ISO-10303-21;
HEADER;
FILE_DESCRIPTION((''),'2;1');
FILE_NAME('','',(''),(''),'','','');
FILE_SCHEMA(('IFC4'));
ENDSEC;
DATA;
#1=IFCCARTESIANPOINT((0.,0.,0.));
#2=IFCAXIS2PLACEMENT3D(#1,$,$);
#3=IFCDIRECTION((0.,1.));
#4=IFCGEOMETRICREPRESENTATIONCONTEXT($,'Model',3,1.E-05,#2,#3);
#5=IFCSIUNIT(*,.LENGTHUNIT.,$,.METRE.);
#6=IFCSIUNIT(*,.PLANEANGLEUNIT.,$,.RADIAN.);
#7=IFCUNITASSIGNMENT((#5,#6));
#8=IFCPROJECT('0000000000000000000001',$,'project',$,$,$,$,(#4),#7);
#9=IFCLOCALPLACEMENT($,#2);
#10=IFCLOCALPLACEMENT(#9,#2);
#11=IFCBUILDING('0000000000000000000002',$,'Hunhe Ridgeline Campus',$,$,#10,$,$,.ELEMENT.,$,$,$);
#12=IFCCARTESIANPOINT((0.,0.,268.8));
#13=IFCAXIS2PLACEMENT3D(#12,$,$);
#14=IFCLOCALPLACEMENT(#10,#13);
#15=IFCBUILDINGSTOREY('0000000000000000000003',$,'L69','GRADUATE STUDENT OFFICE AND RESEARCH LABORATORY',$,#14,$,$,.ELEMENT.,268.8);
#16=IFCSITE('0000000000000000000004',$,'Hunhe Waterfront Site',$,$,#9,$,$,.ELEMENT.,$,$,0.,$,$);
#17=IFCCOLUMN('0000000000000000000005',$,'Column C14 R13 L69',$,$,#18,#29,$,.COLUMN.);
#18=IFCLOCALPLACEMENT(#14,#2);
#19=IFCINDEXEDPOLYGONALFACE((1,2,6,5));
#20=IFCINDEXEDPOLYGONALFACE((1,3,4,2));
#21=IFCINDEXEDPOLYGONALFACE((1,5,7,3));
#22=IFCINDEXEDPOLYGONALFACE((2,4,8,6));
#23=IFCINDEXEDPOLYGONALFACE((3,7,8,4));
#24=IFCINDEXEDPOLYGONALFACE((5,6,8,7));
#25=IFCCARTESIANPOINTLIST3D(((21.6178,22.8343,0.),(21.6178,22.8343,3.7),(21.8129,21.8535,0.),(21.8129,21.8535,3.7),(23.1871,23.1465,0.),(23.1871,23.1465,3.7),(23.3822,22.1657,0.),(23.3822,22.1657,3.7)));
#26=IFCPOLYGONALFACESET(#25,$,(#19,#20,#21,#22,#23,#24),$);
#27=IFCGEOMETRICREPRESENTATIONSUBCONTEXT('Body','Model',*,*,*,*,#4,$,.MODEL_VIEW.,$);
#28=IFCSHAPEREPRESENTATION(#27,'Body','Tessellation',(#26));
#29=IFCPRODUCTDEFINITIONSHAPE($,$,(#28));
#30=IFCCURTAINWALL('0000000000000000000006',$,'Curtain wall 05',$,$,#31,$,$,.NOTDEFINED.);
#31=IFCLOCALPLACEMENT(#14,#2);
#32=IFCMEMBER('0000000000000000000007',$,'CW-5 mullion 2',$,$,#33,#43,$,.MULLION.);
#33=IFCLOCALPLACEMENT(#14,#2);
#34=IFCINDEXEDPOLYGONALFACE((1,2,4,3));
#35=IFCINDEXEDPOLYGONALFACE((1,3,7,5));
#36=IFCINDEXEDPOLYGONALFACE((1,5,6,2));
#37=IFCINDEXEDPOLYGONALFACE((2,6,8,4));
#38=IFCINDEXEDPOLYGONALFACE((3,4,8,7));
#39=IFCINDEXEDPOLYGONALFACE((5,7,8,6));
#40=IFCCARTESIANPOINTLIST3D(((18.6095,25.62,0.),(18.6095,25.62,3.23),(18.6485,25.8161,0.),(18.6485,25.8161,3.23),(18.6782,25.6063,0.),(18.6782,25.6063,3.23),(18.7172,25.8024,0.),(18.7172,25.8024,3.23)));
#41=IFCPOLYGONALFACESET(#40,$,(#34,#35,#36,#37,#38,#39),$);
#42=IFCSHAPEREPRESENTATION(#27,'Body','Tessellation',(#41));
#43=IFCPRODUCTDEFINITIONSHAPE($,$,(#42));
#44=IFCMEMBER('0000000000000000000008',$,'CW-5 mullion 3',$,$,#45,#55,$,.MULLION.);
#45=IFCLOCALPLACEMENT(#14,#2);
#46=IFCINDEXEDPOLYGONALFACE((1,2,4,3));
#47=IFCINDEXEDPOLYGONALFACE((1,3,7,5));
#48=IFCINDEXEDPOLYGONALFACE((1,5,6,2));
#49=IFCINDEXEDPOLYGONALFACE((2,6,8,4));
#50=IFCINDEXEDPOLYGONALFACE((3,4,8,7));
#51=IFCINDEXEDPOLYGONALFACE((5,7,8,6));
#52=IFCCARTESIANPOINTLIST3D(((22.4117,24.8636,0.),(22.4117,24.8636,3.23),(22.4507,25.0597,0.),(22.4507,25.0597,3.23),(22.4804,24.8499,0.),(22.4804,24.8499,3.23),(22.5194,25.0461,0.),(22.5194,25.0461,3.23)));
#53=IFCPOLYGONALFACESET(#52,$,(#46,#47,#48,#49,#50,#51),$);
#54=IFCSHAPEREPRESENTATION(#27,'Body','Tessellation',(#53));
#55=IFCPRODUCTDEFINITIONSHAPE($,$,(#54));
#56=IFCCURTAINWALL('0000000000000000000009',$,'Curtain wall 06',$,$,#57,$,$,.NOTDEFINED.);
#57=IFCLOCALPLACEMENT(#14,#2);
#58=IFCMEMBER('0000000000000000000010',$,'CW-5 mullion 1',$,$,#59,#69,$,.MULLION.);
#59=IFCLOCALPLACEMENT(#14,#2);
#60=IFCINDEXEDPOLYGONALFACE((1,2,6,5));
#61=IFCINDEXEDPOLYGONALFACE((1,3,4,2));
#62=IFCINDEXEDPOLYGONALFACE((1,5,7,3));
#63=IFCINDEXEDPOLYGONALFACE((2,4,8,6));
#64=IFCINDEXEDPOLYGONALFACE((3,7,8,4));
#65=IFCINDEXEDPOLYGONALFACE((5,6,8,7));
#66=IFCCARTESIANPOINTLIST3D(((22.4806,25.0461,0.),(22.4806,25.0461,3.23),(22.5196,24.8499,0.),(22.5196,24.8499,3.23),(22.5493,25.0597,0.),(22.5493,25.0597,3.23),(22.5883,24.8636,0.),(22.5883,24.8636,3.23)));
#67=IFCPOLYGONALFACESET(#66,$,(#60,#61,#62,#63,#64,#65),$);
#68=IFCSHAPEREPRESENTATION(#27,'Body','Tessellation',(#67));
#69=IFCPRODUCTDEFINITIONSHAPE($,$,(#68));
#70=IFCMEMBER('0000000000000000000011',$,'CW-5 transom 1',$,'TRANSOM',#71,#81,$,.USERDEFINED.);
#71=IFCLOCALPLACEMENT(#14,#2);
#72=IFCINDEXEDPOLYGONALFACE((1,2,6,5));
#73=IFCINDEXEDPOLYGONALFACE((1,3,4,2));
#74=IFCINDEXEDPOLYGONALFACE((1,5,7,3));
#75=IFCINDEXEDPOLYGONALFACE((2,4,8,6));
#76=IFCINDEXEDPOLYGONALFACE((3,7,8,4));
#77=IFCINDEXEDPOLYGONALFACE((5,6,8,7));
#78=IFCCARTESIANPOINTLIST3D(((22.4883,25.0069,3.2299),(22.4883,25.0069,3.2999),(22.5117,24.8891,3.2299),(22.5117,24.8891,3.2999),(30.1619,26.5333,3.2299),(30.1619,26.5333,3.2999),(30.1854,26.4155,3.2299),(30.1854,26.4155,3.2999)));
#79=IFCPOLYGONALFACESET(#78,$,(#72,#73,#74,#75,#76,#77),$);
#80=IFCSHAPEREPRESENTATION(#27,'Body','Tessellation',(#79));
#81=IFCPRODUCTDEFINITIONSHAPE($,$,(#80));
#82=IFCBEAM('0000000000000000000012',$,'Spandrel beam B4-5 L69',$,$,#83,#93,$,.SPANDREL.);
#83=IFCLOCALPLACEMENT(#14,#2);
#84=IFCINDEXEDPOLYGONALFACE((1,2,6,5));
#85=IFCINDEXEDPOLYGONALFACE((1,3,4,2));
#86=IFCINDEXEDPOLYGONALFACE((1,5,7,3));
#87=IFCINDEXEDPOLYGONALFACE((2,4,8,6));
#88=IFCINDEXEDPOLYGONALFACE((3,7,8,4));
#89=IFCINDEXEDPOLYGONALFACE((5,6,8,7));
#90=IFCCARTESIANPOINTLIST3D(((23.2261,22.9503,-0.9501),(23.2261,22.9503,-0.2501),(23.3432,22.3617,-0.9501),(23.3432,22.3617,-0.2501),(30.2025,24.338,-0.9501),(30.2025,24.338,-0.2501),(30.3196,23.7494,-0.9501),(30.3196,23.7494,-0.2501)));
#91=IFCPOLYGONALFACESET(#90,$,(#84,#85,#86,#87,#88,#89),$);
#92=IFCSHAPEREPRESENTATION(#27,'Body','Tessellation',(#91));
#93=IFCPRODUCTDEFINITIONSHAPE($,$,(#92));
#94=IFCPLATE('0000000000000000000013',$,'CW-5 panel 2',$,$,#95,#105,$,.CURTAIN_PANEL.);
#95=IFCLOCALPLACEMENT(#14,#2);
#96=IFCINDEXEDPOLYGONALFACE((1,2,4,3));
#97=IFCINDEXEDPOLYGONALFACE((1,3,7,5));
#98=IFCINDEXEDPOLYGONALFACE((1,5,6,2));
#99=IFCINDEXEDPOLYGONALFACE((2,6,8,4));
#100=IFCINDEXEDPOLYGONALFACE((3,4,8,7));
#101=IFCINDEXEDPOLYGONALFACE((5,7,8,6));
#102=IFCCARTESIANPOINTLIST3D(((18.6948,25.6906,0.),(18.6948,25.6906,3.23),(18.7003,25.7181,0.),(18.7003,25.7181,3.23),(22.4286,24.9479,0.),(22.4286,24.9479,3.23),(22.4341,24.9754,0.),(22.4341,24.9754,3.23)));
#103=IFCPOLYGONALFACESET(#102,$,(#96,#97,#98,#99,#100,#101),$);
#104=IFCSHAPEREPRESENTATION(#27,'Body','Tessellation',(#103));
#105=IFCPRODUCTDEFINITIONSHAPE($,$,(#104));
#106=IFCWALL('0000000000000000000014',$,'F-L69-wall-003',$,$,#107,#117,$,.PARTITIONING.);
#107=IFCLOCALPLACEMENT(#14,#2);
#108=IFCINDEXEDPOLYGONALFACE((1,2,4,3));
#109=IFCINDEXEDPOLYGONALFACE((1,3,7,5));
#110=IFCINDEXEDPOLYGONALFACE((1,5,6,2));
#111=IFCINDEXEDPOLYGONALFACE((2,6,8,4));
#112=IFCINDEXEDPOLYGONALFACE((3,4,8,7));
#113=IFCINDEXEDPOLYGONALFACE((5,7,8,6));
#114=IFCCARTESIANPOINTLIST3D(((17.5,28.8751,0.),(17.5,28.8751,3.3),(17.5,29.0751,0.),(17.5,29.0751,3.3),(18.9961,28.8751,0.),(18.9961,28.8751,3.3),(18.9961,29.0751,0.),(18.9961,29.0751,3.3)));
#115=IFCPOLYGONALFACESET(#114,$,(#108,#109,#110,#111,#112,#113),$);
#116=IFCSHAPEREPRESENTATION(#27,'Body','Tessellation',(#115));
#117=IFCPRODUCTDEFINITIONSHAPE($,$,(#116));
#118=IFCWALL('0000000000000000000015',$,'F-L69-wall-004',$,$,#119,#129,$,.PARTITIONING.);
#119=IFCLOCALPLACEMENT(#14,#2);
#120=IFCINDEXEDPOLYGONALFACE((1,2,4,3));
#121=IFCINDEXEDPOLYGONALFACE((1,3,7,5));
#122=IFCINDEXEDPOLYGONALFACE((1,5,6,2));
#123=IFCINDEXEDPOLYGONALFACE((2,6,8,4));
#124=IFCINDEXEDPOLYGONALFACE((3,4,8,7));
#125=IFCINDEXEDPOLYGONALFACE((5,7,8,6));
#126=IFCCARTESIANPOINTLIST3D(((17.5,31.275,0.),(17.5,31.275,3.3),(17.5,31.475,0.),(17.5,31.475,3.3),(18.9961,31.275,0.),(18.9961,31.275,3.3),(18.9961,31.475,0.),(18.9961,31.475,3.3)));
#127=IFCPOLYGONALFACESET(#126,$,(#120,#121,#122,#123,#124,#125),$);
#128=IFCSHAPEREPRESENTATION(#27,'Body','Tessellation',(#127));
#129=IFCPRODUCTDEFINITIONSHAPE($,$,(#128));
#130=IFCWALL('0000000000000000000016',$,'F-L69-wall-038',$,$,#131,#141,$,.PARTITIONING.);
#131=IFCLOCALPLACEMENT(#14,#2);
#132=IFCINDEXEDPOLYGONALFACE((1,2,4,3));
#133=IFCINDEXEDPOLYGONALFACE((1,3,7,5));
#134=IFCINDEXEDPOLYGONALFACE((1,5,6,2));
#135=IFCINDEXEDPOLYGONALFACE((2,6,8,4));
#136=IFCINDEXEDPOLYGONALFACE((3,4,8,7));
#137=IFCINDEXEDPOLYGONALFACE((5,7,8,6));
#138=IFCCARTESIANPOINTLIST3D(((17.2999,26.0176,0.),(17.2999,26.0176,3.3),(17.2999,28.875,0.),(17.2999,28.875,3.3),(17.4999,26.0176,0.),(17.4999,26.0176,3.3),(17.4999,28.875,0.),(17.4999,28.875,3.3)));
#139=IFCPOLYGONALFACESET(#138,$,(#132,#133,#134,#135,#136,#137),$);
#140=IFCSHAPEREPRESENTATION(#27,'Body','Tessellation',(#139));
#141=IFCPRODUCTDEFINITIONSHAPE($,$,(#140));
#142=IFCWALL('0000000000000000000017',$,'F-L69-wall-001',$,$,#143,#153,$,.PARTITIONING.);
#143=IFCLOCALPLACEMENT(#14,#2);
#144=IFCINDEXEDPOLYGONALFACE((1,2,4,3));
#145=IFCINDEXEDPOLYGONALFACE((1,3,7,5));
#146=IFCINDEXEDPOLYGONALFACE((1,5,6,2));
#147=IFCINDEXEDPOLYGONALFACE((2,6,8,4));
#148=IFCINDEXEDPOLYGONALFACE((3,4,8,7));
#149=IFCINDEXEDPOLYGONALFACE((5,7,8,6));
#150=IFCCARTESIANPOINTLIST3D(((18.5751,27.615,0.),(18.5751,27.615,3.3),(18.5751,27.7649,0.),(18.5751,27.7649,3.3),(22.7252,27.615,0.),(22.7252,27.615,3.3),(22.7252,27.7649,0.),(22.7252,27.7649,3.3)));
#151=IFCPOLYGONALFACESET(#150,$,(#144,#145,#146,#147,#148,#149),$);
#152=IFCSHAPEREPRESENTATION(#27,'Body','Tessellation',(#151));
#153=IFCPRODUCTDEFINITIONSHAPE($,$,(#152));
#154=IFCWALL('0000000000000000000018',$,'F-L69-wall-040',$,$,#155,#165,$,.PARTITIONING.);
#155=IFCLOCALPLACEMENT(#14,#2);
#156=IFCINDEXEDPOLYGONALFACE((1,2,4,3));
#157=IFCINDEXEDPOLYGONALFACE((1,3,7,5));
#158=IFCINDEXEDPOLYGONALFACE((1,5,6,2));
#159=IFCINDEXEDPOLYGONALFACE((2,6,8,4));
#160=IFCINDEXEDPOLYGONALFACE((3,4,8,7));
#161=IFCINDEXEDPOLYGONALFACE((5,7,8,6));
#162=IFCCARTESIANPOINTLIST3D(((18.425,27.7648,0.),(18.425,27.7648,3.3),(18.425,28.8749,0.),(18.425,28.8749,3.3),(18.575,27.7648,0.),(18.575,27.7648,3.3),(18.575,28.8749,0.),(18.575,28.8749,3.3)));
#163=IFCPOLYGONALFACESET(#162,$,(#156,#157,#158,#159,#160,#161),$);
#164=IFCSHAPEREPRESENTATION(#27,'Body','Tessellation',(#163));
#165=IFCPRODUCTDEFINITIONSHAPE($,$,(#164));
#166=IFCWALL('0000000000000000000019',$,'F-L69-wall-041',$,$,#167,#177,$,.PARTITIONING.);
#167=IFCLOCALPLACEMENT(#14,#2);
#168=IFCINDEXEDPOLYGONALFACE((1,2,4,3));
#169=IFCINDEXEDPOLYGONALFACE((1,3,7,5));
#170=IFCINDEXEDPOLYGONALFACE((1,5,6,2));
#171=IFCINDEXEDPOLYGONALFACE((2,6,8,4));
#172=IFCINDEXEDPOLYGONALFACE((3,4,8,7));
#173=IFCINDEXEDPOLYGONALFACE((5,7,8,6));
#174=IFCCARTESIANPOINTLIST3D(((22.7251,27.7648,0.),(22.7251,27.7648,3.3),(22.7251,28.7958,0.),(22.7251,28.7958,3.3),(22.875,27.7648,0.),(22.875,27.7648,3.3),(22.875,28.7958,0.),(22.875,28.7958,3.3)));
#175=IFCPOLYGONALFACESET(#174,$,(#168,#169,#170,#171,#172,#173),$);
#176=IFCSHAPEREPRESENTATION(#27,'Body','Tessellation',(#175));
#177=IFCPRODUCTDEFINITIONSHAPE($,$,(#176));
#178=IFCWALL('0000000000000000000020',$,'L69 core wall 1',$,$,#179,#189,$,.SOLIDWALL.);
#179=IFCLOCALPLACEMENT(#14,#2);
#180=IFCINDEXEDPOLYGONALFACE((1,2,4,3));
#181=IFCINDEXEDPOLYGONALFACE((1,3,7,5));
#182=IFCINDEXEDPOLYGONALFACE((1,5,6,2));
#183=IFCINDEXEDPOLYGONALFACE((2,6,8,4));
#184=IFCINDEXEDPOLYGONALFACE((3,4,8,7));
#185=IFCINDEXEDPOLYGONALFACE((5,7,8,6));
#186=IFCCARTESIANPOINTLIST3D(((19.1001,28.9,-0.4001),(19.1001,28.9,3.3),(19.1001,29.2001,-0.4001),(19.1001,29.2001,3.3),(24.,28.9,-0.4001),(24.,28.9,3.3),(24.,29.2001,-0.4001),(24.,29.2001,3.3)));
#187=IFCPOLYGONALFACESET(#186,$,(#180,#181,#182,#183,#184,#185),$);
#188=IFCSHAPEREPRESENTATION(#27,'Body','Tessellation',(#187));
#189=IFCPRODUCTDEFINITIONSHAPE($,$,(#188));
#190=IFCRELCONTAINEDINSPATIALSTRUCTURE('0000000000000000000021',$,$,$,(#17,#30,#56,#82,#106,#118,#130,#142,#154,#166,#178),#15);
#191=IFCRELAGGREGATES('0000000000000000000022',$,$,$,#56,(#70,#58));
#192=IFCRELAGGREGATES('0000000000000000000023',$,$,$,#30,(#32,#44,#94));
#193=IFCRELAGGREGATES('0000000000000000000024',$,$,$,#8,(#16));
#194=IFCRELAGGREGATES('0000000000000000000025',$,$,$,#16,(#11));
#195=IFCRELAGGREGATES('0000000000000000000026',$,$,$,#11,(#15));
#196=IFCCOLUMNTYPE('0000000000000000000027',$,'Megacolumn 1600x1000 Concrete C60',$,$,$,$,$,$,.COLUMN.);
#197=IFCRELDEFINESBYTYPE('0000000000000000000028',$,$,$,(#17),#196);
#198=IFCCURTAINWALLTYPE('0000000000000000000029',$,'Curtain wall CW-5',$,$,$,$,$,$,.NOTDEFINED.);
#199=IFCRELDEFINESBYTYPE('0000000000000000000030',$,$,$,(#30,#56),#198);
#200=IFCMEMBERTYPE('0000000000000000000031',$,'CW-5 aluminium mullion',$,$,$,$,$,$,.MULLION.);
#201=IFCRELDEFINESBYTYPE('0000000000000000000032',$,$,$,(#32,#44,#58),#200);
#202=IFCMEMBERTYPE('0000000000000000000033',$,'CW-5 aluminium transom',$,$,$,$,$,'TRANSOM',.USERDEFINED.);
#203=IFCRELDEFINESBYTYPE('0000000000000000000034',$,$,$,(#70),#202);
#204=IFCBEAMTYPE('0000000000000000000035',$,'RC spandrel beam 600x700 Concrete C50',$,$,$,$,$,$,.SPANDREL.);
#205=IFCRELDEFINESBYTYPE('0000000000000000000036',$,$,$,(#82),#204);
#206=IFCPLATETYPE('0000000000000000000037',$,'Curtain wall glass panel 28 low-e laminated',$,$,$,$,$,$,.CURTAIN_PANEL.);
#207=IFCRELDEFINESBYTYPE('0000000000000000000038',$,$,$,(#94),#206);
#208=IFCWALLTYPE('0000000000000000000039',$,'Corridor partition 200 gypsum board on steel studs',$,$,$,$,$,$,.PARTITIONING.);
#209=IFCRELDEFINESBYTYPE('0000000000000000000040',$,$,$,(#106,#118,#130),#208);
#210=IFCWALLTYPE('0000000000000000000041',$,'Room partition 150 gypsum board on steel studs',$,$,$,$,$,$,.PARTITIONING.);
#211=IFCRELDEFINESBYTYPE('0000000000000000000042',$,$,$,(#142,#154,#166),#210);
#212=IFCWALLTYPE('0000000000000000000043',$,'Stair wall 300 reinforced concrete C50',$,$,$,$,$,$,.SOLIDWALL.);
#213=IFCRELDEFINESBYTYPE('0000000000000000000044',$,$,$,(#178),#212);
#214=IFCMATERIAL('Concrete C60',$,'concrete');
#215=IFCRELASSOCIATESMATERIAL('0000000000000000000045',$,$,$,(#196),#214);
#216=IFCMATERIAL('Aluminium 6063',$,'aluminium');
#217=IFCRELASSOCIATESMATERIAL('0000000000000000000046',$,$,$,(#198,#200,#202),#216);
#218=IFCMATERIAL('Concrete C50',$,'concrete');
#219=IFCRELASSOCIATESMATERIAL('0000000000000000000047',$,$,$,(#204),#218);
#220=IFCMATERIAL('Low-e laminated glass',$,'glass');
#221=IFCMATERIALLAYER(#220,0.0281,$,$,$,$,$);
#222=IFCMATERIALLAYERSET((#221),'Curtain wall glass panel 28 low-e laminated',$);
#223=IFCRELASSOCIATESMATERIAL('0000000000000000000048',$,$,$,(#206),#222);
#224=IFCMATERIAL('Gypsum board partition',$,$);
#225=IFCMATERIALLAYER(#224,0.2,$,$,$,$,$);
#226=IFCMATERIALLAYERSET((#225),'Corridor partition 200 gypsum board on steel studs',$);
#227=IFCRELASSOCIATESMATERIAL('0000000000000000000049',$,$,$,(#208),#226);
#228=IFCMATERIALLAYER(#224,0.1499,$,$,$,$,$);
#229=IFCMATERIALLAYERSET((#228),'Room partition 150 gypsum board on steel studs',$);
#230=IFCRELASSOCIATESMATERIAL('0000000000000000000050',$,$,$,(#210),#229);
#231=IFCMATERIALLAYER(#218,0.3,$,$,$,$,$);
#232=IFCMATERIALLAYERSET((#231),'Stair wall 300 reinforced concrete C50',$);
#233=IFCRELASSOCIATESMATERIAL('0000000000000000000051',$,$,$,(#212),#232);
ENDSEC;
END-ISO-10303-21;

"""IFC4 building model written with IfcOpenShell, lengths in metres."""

from ifc_helpers import new_model, si_unit, direction, frame, frame_2d, origin, origin_2d, place, context, subcontext, project, spatial, rectangle, extrude, material, layer, layer_set, material_profile, profile_set, type_object, element, aggregate, save


model = new_model("IFC4")

# Units and contexts
model_context = context("Model", 3, precision=1e-05, world=origin(), true_north=direction((0.0, 1.0)))
body_context = subcontext(model_context, "Body", "Model", "MODEL_VIEW")
ifc_project = project(units=[si_unit("LENGTHUNIT", "METRE"), si_unit("PLANEANGLEUNIT", "RADIAN")], contexts=[model_context])

# Site, building, storey
site_placement = place(None, origin())
site = spatial("IfcSite", under=ifc_project, at=site_placement, Name="Hunhe Waterfront Site", CompositionType="ELEMENT", RefElevation=0.0)
building_placement = place(site_placement, origin())
building = spatial("IfcBuilding", under=site, at=building_placement, Name="Hunhe Ridgeline Campus", CompositionType="ELEMENT")
storey_placement = place(building_placement, frame((0.0, 0.0, 268.8)))
storey = spatial("IfcBuildingStorey", under=building, at=storey_placement, Name="L69", Description="GRADUATE STUDENT OFFICE AND RESEARCH LABORATORY", CompositionType="ELEMENT", Elevation=268.8)

# Column
ifc_material_1 = material(Name="Concrete C60", Category="concrete")
ifc_material_profile_1 = material_profile(ifc_material_1, rectangle(XDim=1.6001, YDim=1.0, at=origin_2d()))
ifc_profile_set_1 = profile_set([ifc_material_profile_1], Name="Concrete C60")
column_type = type_object("IfcColumnType", Name="Megacolumn 1600x1000 Concrete C60", PredefinedType="COLUMN", material=ifc_profile_set_1)
column_placement = place(storey_placement, frame((22.5, 22.5, 0.0), z_axis=(0.0, 0.0, 1.0), x_axis=(0.980785, 0.19509, 0.0)))
element("IfcColumn", 1, at=column_placement, inside=storey, type_object=column_type, Name="Column C14 R13 L69", PredefinedType="COLUMN", context=body_context, shape_type="SweptSolid", body=[
    extrude(rectangle(XDim=1.6001, YDim=1.0, at=origin_2d()), origin(), (0.0, 0.0, 1.0), 3.7),
])

# Curtain walls, members
ifc_material_2 = material(Name="Aluminium 6063", Category="aluminium")
curtain_wall_type = type_object("IfcCurtainWallType", Name="Curtain wall CW-5", PredefinedType="NOTDEFINED", material=ifc_material_2)
curtain_wall_1_placement = place(storey_placement, origin())
curtain_wall_1 = element("IfcCurtainWall", 2, at=curtain_wall_1_placement, inside=storey, type_object=curtain_wall_type, Name="Curtain wall 05", PredefinedType="NOTDEFINED")
ifc_material_profile_2 = material_profile(ifc_material_2, rectangle(XDim=0.2, YDim=0.0701, at=origin_2d()))
ifc_profile_set_2 = profile_set([ifc_material_profile_2], Name="Aluminium 6063")
member_type_1 = type_object("IfcMemberType", Name="CW-5 aluminium mullion", PredefinedType="MULLION", material=ifc_profile_set_2)
member_1_placement = place(storey_placement, frame((18.6633, 25.7112, 0.0), z_axis=(0.0, 0.0, 1.0), x_axis=(0.19509, 0.980785, 0.0)))
member_1 = element("IfcMember", 3, at=member_1_placement, type_object=member_type_1, Name="CW-5 mullion 2", PredefinedType="MULLION", context=body_context, shape_type="SweptSolid", body=[
    extrude(rectangle(XDim=0.2, YDim=0.0701, at=origin_2d()), origin(), (0.0, 0.0, 1.0), 3.23),
])
member_2_placement = place(storey_placement, frame((22.4656, 24.9548, 0.0), z_axis=(0.0, 0.0, 1.0), x_axis=(0.19509, 0.980785, 0.0)))
member_2 = element("IfcMember", 4, at=member_2_placement, type_object=member_type_1, Name="CW-5 mullion 3", PredefinedType="MULLION", context=body_context, shape_type="SweptSolid", body=[
    extrude(rectangle(XDim=0.2, YDim=0.0701, at=origin_2d()), origin(), (0.0, 0.0, 1.0), 3.23),
])
curtain_wall_2_placement = place(storey_placement, origin())
curtain_wall_2 = element("IfcCurtainWall", 5, at=curtain_wall_2_placement, inside=storey, type_object=curtain_wall_type, Name="Curtain wall 06", PredefinedType="NOTDEFINED")
member_3_placement = place(storey_placement, frame((22.5344, 24.9548, 0.0), z_axis=(0.0, 0.0, 1.0), x_axis=(-0.19509, 0.980785, 0.0)))
member_3 = element("IfcMember", 6, at=member_3_placement, type_object=member_type_1, Name="CW-5 mullion 1", PredefinedType="MULLION", context=body_context, shape_type="SweptSolid", body=[
    extrude(rectangle(XDim=0.2, YDim=0.0701, at=origin_2d()), origin(), (0.0, 0.0, 1.0), 3.23),
])
ifc_material_profile_3 = material_profile(ifc_material_2, rectangle(XDim=0.1201, YDim=0.0701, at=origin_2d()))
ifc_profile_set_3 = profile_set([ifc_material_profile_3], Name="Aluminium 6063")
member_type_2 = type_object("IfcMemberType", Name="CW-5 aluminium transom", ElementType="TRANSOM", PredefinedType="USERDEFINED", material=ifc_profile_set_3)
member_4_placement = place(storey_placement, frame((22.5, 24.948, 3.2649), z_axis=(0.980785, 0.19509, 0.0), x_axis=(-0.19509, 0.980785, 0.0)))
member_4 = element("IfcMember", 7, at=member_4_placement, type_object=member_type_2, Name="CW-5 transom 1", ObjectType="TRANSOM", PredefinedType="USERDEFINED", context=body_context, shape_type="SweptSolid", body=[
    extrude(rectangle(XDim=0.1201, YDim=0.0701, at=origin_2d()), origin(), (0.0, 0.0, 1.0), 7.824),
])
aggregate(curtain_wall_2, [member_4, member_3])

# Beam
ifc_material_3 = material(Name="Concrete C50", Category="concrete")
ifc_material_profile_4 = material_profile(ifc_material_3, rectangle(XDim=0.6001, YDim=0.7, at=origin_2d()))
ifc_profile_set_4 = profile_set([ifc_material_profile_4], Name="Concrete C50")
beam_type = type_object("IfcBeamType", Name="RC spandrel beam 600x700 Concrete C50", PredefinedType="SPANDREL", material=ifc_profile_set_4)
beam_placement = place(storey_placement, frame((23.2847, 22.656, -0.6001), z_axis=(0.980785, 0.195093, 0.0), x_axis=(-0.195093, 0.980785, 0.0)))
element("IfcBeam", 8, at=beam_placement, inside=storey, type_object=beam_type, Name="Spandrel beam B4-5 L69", PredefinedType="SPANDREL", context=body_context, shape_type="SweptSolid", body=[
    extrude(rectangle(XDim=0.6001, YDim=0.7, at=origin_2d()), origin(), (0.0, 0.0, 1.0), 7.113),
])

# Plate
ifc_material_4 = material(Name="Low-e laminated glass", Category="glass")
ifc_layer_1 = layer(ifc_material_4, 0.0281)
ifc_layer_set_1 = layer_set([ifc_layer_1], Name="Curtain wall glass panel 28 low-e laminated")
plate_type = type_object("IfcPlateType", Name="Curtain wall glass panel 28 low-e laminated", PredefinedType="CURTAIN_PANEL", material=ifc_layer_set_1)
plate_placement = place(storey_placement, frame((20.5645, 25.333, 0.0), z_axis=(0.0, 0.0, 1.0), x_axis=(0.980785, -0.19509, 0.0)))
plate = element("IfcPlate", 9, at=plate_placement, type_object=plate_type, Name="CW-5 panel 2", PredefinedType="CURTAIN_PANEL", context=body_context, shape_type="SweptSolid", body=[
    extrude(rectangle(XDim=3.8069, YDim=0.0281, at=origin_2d()), origin(), (0.0, 0.0, 1.0), 3.23),
])
aggregate(curtain_wall_1, [member_1, member_2, plate])

# Walls
ifc_material_5 = material(Name="Gypsum board partition")
ifc_layer_2 = layer(ifc_material_5, 0.2)
ifc_layer_set_2 = layer_set([ifc_layer_2], Name="Corridor partition 200 gypsum board on steel studs")
wall_type_1 = type_object("IfcWallType", Name="Corridor partition 200 gypsum board on steel studs", PredefinedType="PARTITIONING", material=ifc_layer_set_2)
for number, where, z_axis, x_axis, name in (
    (10, (18.9961, 28.9751, 0.0), (0.0, 0.0, 1.0), (-1.0, 0.0, 0.0), "F-L69-wall-003"),
    (11, (17.5, 31.375, 0.0), (0.0, 0.0, 1.0), (1.0, 0.0, 0.0), "F-L69-wall-004"),
):
    element("IfcWall", number, at=place(storey_placement, frame(where, z_axis=z_axis, x_axis=x_axis)), inside=storey, type_object=wall_type_1, Name=name, PredefinedType="PARTITIONING", context=body_context, shape_type="SweptSolid", body=[
        extrude(rectangle(XDim=1.4961, YDim=0.2, at=frame_2d((0.748, 0.0))), origin(), (0.0, 0.0, 1.0), 3.3),
    ])
wall_1_placement = place(storey_placement, frame((17.3999, 28.875, 0.0), z_axis=(0.0, 0.0, 1.0), x_axis=(0.0, -1.0, 0.0)))
element("IfcWall", 12, at=wall_1_placement, inside=storey, type_object=wall_type_1, Name="F-L69-wall-038", PredefinedType="PARTITIONING", context=body_context, shape_type="SweptSolid", body=[
    extrude(rectangle(XDim=2.8574, YDim=0.2, at=frame_2d((1.4287, 0.0))), origin(), (0.0, 0.0, 1.0), 3.3),
])
ifc_layer_3 = layer(ifc_material_5, 0.1499)
ifc_layer_set_3 = layer_set([ifc_layer_3], Name="Room partition 150 gypsum board on steel studs")
wall_type_2 = type_object("IfcWallType", Name="Room partition 150 gypsum board on steel studs", PredefinedType="PARTITIONING", material=ifc_layer_set_3)
wall_2_placement = place(storey_placement, frame((18.575, 27.6899, 0.0), z_axis=(0.0, 0.0, 1.0), x_axis=(1.0, 0.0, 0.0)))
element("IfcWall", 13, at=wall_2_placement, inside=storey, type_object=wall_type_2, Name="F-L69-wall-001", PredefinedType="PARTITIONING", context=body_context, shape_type="SweptSolid", body=[
    extrude(rectangle(XDim=4.1501, YDim=0.1499, at=frame_2d((2.0752, 0.0))), origin(), (0.0, 0.0, 1.0), 3.3),
])
wall_3_placement = place(storey_placement, frame((18.5, 28.875, 0.0), z_axis=(0.0, 0.0, 1.0), x_axis=(0.0, -1.0, 0.0)))
element("IfcWall", 14, at=wall_3_placement, inside=storey, type_object=wall_type_2, Name="F-L69-wall-040", PredefinedType="PARTITIONING", context=body_context, shape_type="SweptSolid", body=[
    extrude(rectangle(XDim=1.1101, YDim=0.1499, at=frame_2d((0.5552, 0.0))), origin(), (0.0, 0.0, 1.0), 3.3),
])
wall_4_placement = place(storey_placement, frame((22.8, 28.7959, 0.0), z_axis=(0.0, 0.0, 1.0), x_axis=(0.0, -1.0, 0.0)))
element("IfcWall", 15, at=wall_4_placement, inside=storey, type_object=wall_type_2, Name="F-L69-wall-041", PredefinedType="PARTITIONING", context=body_context, shape_type="SweptSolid", body=[
    extrude(rectangle(XDim=1.031, YDim=0.1499, at=frame_2d((0.5156, 0.0))), origin(), (0.0, 0.0, 1.0), 3.3),
])
ifc_layer_4 = layer(ifc_material_3, 0.3)
ifc_layer_set_4 = layer_set([ifc_layer_4], Name="Stair wall 300 reinforced concrete C50")
wall_type_3 = type_object("IfcWallType", Name="Stair wall 300 reinforced concrete C50", PredefinedType="SOLIDWALL", material=ifc_layer_set_4)
wall_5_placement = place(storey_placement, frame((19.1001, 29.05, -0.4001), z_axis=(0.0, 0.0, 1.0), x_axis=(1.0, 0.0, 0.0)))
element("IfcWall", 16, at=wall_5_placement, inside=storey, type_object=wall_type_3, Name="L69 core wall 1", PredefinedType="SOLIDWALL", context=body_context, shape_type="SweptSolid", body=[
    extrude(rectangle(XDim=4.8999, YDim=0.3, at=frame_2d((2.45, 0.0))), origin(), (0.0, 0.0, 1.0), 3.7002),
])

save(model, "model.ifc")
